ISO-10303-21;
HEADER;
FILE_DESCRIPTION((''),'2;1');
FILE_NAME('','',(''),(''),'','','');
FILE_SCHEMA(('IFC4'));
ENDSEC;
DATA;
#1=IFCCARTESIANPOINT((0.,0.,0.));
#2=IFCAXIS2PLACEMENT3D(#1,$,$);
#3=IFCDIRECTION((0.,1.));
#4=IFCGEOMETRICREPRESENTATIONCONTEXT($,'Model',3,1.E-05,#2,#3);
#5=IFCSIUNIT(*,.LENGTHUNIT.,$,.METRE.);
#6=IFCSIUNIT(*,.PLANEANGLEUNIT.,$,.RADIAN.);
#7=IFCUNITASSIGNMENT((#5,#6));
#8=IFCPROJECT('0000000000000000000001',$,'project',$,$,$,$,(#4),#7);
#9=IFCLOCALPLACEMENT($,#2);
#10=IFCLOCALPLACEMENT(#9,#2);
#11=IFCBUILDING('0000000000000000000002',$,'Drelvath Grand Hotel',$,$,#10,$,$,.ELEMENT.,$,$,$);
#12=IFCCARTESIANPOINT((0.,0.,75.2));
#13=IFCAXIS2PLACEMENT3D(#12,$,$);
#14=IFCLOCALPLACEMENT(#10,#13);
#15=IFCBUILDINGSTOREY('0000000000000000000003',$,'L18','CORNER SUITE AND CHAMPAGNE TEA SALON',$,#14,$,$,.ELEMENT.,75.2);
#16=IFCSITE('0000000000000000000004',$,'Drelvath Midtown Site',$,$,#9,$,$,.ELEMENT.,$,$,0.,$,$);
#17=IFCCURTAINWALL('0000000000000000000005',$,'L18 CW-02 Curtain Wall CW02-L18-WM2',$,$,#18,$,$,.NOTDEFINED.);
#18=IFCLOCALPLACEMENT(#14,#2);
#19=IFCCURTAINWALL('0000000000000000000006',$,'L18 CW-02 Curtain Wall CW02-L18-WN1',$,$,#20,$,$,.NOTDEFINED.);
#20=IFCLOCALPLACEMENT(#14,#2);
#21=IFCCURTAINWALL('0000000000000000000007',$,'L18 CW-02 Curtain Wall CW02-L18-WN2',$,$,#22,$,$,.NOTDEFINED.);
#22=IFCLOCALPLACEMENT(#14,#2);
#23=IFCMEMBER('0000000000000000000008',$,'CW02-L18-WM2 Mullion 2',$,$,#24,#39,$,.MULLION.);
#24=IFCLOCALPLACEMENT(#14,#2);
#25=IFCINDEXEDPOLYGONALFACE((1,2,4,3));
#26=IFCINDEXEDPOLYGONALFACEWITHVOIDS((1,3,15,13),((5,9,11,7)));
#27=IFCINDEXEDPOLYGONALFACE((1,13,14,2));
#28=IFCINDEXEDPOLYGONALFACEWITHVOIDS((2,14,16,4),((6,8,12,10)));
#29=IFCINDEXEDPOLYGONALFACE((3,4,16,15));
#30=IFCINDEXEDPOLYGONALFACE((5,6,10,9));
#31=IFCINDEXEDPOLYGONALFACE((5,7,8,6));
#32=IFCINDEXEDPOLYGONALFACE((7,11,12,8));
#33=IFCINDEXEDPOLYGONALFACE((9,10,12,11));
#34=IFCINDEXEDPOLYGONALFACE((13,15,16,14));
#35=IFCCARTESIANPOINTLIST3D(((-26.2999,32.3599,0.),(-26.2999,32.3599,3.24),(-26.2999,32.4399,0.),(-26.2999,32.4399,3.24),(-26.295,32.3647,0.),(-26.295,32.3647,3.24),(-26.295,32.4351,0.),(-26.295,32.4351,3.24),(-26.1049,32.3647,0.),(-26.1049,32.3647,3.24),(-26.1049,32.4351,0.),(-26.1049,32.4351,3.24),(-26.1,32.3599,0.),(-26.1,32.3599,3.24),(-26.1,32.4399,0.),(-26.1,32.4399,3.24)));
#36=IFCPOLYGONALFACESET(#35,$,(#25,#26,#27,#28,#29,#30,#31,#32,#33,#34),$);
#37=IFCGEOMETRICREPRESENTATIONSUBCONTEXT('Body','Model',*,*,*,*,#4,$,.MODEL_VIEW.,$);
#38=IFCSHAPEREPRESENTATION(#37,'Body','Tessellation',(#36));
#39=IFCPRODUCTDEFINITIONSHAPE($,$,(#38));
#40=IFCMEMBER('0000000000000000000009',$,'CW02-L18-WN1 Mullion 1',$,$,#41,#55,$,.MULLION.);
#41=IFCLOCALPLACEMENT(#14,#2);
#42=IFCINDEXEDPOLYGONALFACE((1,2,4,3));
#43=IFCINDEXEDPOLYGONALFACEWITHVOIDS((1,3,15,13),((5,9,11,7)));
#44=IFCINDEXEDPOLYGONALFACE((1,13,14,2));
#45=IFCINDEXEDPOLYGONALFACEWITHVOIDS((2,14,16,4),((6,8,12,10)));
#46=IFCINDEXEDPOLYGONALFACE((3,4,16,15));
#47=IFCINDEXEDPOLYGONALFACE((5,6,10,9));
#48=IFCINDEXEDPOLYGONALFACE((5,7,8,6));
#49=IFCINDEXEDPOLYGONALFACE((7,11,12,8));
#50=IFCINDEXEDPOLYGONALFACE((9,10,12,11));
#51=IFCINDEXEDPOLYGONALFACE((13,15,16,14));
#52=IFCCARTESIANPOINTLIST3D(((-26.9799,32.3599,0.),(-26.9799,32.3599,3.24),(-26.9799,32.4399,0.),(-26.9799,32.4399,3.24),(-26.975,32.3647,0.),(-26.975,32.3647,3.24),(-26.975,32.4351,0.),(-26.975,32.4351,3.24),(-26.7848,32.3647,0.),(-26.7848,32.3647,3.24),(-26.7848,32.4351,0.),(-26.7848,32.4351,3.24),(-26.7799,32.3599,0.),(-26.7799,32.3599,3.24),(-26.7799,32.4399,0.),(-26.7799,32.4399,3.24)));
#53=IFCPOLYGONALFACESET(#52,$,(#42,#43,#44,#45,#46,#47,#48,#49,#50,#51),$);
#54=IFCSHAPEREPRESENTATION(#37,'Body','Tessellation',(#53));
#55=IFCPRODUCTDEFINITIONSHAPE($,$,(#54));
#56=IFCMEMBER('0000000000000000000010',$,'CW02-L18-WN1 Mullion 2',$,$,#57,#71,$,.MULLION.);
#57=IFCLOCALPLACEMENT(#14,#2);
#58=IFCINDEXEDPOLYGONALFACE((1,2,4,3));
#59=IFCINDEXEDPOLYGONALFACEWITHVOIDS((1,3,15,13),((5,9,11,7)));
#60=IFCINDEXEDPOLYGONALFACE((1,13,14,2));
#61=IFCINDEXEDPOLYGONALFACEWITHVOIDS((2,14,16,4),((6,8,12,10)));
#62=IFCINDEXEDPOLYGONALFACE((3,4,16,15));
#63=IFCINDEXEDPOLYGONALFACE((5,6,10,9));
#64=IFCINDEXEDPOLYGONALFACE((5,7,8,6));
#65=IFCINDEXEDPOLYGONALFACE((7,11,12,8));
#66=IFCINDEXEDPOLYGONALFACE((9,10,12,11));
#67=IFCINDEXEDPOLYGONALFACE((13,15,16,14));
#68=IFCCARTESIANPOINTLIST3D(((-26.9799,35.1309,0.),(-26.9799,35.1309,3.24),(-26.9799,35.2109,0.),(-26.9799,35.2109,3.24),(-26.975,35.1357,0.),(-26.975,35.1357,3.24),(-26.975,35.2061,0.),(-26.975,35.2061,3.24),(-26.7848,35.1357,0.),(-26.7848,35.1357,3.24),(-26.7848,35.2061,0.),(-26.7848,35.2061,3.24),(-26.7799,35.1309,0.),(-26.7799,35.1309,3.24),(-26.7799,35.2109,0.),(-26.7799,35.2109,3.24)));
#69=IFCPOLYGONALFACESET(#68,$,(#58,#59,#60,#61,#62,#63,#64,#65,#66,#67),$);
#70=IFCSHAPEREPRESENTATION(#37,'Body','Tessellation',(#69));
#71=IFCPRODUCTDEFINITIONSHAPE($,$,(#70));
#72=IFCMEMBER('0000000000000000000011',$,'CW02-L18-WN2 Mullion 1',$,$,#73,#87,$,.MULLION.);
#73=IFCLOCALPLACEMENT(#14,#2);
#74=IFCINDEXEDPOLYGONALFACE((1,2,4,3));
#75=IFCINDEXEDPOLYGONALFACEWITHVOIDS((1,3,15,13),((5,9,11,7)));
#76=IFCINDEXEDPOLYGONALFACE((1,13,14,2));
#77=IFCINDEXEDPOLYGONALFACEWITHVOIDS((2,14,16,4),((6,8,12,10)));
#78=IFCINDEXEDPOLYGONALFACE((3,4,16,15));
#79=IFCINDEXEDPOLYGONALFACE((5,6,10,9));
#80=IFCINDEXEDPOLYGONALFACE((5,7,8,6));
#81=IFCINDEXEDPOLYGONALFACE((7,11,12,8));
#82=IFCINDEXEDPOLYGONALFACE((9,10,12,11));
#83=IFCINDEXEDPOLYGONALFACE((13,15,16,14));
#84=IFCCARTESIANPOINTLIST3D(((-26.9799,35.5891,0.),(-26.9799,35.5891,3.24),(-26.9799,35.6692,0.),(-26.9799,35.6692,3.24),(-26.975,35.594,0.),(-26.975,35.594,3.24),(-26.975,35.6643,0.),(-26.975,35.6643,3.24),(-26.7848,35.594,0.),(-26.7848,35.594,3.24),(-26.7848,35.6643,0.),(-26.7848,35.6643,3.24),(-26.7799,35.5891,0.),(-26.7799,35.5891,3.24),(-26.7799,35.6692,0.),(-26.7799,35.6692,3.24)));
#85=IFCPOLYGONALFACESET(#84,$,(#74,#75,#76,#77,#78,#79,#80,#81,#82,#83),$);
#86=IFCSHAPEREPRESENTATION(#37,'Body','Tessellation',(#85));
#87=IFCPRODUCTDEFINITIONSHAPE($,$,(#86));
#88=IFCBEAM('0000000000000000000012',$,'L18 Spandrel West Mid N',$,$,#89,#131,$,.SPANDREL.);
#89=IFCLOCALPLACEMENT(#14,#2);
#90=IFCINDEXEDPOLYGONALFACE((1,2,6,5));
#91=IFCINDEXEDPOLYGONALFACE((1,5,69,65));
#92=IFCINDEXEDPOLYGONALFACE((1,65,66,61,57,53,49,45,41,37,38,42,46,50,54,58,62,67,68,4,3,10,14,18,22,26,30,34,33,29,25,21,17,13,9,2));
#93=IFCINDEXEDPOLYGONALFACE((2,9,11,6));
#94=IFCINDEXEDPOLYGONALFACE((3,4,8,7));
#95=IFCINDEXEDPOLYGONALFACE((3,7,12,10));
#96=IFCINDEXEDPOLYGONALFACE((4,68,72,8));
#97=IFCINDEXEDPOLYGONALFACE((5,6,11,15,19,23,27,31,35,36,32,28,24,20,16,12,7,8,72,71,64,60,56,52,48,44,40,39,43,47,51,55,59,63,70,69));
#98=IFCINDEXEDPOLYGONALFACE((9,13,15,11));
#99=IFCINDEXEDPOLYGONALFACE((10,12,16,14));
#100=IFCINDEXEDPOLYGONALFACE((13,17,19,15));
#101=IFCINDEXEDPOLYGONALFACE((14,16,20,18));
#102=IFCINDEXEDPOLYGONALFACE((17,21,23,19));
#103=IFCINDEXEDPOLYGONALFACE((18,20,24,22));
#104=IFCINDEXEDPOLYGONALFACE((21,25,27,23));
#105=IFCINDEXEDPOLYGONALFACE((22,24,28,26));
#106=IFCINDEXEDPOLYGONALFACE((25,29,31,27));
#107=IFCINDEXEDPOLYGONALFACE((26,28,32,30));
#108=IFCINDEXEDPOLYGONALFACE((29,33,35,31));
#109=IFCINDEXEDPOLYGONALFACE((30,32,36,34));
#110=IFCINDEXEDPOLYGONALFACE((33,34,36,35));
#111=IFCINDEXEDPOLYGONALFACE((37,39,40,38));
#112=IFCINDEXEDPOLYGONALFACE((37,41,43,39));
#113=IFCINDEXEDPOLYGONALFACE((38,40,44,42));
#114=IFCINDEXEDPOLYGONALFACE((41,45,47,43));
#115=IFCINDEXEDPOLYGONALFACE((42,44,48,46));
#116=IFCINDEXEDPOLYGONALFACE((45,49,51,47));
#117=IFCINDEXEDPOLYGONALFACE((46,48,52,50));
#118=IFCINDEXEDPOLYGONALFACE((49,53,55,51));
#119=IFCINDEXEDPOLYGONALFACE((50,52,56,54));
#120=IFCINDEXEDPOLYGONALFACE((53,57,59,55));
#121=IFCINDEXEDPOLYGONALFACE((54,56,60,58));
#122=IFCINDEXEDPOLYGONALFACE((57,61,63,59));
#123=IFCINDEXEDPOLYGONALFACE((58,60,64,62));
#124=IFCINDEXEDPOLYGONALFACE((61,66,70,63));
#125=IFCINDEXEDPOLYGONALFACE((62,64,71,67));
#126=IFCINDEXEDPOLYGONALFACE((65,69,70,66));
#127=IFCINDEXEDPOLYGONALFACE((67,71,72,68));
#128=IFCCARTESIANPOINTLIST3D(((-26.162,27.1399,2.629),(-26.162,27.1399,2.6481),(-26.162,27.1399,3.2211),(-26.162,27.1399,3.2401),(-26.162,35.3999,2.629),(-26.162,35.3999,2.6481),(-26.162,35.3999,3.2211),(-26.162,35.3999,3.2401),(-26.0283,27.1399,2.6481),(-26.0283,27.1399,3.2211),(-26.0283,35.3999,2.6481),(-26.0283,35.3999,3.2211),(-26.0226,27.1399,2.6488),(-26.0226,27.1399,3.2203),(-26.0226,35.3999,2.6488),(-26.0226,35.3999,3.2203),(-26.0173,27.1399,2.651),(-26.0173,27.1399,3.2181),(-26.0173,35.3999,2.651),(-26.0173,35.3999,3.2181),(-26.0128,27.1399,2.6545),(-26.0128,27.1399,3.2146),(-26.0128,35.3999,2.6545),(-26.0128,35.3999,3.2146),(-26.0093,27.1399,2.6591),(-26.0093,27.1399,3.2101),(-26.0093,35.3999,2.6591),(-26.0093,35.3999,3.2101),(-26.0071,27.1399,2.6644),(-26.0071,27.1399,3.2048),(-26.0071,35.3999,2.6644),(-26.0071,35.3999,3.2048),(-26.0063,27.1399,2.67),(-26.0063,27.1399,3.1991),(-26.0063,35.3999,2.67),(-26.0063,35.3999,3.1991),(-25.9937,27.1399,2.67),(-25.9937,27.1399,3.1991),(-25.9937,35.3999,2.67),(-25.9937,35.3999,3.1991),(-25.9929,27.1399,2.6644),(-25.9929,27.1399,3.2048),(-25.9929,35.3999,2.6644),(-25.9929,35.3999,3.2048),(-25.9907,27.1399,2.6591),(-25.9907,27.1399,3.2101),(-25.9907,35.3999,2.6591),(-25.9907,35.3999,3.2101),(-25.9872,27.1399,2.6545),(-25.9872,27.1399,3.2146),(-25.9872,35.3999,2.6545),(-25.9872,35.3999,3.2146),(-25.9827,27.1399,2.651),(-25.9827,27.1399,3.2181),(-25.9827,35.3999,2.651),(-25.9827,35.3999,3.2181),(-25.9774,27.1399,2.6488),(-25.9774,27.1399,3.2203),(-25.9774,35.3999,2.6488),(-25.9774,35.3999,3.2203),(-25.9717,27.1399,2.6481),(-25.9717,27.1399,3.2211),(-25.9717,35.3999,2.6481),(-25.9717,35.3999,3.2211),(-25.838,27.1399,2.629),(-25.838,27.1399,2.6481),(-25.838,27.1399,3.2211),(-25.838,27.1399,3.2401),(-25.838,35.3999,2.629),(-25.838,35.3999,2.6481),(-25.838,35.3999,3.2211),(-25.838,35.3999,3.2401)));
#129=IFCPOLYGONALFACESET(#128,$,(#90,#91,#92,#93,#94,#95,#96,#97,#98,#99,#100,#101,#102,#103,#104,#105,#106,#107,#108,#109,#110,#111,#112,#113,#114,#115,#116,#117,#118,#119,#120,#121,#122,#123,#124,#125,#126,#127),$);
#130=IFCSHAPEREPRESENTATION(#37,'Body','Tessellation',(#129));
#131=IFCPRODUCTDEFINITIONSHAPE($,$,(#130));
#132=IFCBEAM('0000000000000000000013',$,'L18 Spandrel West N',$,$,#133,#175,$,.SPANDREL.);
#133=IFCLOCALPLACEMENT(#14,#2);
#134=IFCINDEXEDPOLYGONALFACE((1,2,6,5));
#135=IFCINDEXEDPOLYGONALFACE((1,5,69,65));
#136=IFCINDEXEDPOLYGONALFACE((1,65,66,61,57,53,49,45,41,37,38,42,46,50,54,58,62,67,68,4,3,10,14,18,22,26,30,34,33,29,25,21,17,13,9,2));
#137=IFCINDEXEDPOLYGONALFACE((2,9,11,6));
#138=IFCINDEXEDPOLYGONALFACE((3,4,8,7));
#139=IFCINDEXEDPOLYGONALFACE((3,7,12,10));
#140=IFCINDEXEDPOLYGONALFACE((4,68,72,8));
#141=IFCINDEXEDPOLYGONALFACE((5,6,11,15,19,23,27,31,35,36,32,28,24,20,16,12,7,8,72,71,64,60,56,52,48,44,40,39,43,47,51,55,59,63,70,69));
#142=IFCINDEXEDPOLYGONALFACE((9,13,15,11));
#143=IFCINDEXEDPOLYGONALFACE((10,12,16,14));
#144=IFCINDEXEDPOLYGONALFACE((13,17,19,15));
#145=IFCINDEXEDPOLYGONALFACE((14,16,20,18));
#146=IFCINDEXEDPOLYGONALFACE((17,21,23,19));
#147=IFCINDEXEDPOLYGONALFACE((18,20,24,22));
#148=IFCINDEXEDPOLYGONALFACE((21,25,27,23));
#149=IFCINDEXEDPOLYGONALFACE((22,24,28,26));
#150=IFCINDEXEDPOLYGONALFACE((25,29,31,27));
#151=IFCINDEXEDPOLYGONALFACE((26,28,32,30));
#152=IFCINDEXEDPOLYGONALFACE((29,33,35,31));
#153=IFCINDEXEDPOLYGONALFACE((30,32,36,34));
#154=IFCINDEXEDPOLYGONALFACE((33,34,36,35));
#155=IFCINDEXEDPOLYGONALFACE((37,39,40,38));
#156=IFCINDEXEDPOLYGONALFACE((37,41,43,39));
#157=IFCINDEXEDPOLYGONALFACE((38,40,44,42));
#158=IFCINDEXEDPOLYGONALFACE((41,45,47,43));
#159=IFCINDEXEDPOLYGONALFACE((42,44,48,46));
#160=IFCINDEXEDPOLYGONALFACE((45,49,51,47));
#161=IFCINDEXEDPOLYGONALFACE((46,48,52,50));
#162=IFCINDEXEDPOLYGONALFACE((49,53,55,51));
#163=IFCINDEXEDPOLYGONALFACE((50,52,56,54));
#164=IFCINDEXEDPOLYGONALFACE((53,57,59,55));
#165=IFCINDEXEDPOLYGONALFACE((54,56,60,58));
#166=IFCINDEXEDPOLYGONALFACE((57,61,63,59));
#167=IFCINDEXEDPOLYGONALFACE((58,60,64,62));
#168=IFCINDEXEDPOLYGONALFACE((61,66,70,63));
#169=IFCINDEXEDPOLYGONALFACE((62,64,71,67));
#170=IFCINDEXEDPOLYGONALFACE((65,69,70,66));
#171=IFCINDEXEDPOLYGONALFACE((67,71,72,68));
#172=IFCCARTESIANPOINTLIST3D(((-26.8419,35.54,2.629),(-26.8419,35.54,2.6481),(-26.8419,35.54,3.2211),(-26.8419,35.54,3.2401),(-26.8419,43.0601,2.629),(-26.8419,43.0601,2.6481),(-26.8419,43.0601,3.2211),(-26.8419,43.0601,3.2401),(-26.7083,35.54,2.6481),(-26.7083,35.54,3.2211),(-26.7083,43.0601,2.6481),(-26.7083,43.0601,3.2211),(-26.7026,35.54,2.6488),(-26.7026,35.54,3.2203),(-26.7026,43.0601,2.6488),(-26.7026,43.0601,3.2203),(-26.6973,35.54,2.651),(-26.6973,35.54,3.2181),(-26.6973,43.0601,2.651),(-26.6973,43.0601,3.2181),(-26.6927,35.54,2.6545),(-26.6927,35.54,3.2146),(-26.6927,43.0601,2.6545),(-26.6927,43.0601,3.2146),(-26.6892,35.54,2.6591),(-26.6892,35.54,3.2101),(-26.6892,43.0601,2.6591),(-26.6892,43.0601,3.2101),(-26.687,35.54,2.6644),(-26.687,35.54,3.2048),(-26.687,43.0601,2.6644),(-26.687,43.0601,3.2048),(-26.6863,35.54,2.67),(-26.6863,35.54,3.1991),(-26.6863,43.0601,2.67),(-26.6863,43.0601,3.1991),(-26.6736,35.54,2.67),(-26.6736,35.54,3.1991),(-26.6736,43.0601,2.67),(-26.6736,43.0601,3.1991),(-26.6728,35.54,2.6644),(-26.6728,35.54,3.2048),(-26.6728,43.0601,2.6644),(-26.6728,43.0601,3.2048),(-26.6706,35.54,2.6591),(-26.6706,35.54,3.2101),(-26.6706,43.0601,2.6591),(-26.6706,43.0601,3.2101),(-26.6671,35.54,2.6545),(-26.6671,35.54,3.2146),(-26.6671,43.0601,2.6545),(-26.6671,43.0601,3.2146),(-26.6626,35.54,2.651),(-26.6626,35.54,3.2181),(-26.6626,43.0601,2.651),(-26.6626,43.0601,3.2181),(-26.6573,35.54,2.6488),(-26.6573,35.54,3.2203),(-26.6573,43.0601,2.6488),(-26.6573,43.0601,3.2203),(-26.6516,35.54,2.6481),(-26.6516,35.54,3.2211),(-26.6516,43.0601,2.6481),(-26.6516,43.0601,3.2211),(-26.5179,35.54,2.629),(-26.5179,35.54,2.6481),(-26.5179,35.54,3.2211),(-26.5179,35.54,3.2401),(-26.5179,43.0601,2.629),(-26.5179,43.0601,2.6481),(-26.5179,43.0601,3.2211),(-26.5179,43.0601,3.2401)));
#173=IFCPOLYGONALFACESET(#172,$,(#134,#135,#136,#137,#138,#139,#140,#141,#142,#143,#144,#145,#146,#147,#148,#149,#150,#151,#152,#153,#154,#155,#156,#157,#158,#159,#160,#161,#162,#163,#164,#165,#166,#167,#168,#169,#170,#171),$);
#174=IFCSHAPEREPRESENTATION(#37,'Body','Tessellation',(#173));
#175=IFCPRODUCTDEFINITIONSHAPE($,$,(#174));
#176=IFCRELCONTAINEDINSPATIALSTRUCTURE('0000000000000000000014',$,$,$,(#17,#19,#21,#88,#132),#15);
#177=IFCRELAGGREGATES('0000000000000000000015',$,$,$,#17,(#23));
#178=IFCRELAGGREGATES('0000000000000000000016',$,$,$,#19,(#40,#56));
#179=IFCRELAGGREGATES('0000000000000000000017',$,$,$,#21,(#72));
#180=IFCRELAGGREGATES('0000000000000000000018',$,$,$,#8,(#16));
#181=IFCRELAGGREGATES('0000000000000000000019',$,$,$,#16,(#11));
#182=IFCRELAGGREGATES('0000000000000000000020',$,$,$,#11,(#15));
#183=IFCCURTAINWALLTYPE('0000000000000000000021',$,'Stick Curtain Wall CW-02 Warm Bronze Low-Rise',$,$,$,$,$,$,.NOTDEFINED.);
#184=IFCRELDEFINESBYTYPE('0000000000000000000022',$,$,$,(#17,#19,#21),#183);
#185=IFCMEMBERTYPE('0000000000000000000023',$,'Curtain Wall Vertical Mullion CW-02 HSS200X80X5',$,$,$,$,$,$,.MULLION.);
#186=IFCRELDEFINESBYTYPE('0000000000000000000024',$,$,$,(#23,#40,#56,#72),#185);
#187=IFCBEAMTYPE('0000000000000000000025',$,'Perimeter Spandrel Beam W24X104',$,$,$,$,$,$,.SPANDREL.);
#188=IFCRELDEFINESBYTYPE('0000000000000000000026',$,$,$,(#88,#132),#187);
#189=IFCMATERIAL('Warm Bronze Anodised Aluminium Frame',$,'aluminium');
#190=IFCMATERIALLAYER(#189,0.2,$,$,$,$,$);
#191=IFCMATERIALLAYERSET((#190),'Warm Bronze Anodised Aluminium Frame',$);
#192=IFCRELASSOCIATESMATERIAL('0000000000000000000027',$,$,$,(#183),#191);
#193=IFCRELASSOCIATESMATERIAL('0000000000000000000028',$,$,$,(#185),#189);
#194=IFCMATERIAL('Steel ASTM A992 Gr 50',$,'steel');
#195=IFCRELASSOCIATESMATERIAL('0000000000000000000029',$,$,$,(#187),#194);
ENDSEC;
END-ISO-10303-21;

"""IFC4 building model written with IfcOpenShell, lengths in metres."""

from ifc_helpers import new_model, si_unit, direction, frame, origin, origin_2d, place, context, subcontext, project, spatial, hollow_rectangle, i_section, extrude, material, layer, layer_set, material_profile, profile_set, type_object, element, aggregate, save


model = new_model("IFC4")

# Units and contexts
model_context = context("Model", 3, precision=1e-05, world=origin(), true_north=direction((0.0, 1.0)))
body_context = subcontext(model_context, "Body", "Model", "MODEL_VIEW")
ifc_project = project(units=[si_unit("LENGTHUNIT", "METRE"), si_unit("PLANEANGLEUNIT", "RADIAN")], contexts=[model_context])

# Site, building, storey
site_placement = place(None, origin())
site = spatial("IfcSite", under=ifc_project, at=site_placement, Name="Drelvath Midtown Site", CompositionType="ELEMENT", RefElevation=0.0)
building_placement = place(site_placement, origin())
building = spatial("IfcBuilding", under=site, at=building_placement, Name="Drelvath Grand Hotel", CompositionType="ELEMENT")
storey_placement = place(building_placement, frame((0.0, 0.0, 75.2)))
storey = spatial("IfcBuildingStorey", under=building, at=storey_placement, Name="L18", Description="CORNER SUITE AND CHAMPAGNE TEA SALON", CompositionType="ELEMENT", Elevation=75.2)

# Curtain walls
ifc_material_1 = material(Name="Warm Bronze Anodised Aluminium Frame", Category="aluminium")
ifc_layer_1 = layer(ifc_material_1, 0.2)
ifc_layer_set_1 = layer_set([ifc_layer_1], Name="Warm Bronze Anodised Aluminium Frame")
curtain_wall_type = type_object("IfcCurtainWallType", Name="Stick Curtain Wall CW-02 Warm Bronze Low-Rise", PredefinedType="NOTDEFINED", material=ifc_layer_set_1)
curtain_wall_1_placement = place(storey_placement, origin())
curtain_wall_1 = element("IfcCurtainWall", 1, at=curtain_wall_1_placement, inside=storey, type_object=curtain_wall_type, Name="L18 CW-02 Curtain Wall CW02-L18-WM2", PredefinedType="NOTDEFINED")
curtain_wall_2_placement = place(storey_placement, origin())
curtain_wall_2 = element("IfcCurtainWall", 2, at=curtain_wall_2_placement, inside=storey, type_object=curtain_wall_type, Name="L18 CW-02 Curtain Wall CW02-L18-WN1", PredefinedType="NOTDEFINED")
curtain_wall_3_placement = place(storey_placement, origin())
curtain_wall_3 = element("IfcCurtainWall", 3, at=curtain_wall_3_placement, inside=storey, type_object=curtain_wall_type, Name="L18 CW-02 Curtain Wall CW02-L18-WN2", PredefinedType="NOTDEFINED")
ifc_material_profile_1 = material_profile(ifc_material_1, hollow_rectangle(XDim=0.0801, YDim=0.2, WallThickness=0.0049, at=origin_2d()), Name="HSS200X80X5")
ifc_profile_set_1 = profile_set([ifc_material_profile_1], Name="Warm Bronze Anodised Aluminium Frame")
member_type_1 = type_object("IfcMemberType", Name="Curtain Wall Vertical Mullion CW-02 HSS200X80X5", PredefinedType="MULLION", material=ifc_profile_set_1)

# Members
member_1_placement = place(storey_placement, frame((-26.2, 32.3999, 0.0), z_axis=(0.0, 0.0, 1.0), x_axis=(0.0, 1.0, 0.0)))
member_1 = element("IfcMember", 4, at=member_1_placement, type_object=member_type_1, Name="CW02-L18-WM2 Mullion 2", PredefinedType="MULLION", context=body_context, shape_type="SweptSolid", body=[
    extrude(hollow_rectangle(XDim=0.0801, YDim=0.2, WallThickness=0.0049, at=origin_2d()), origin(), (0.0, 0.0, 1.0), 3.24),
])
member_2_placement = place(storey_placement, frame((-26.8799, 32.3999, 0.0), z_axis=(0.0, 0.0, 1.0), x_axis=(0.0, 1.0, 0.0)))
member_2 = element("IfcMember", 5, at=member_2_placement, type_object=member_type_1, Name="CW02-L18-WN1 Mullion 1", PredefinedType="MULLION", context=body_context, shape_type="SweptSolid", body=[
    extrude(hollow_rectangle(XDim=0.0801, YDim=0.2, WallThickness=0.0049, at=origin_2d()), origin(), (0.0, 0.0, 1.0), 3.24),
])
member_3_placement = place(storey_placement, frame((-26.8799, 35.1709, 0.0), z_axis=(0.0, 0.0, 1.0), x_axis=(0.0, 1.0, 0.0)))
member_3 = element("IfcMember", 6, at=member_3_placement, type_object=member_type_1, Name="CW02-L18-WN1 Mullion 2", PredefinedType="MULLION", context=body_context, shape_type="SweptSolid", body=[
    extrude(hollow_rectangle(XDim=0.0801, YDim=0.2, WallThickness=0.0049, at=origin_2d()), origin(), (0.0, 0.0, 1.0), 3.24),
])
member_4_placement = place(storey_placement, frame((-26.8799, 35.6292, 0.0), z_axis=(0.0, 0.0, 1.0), x_axis=(0.0, 1.0, 0.0)))
member_4 = element("IfcMember", 7, at=member_4_placement, type_object=member_type_1, Name="CW02-L18-WN2 Mullion 1", PredefinedType="MULLION", context=body_context, shape_type="SweptSolid", body=[
    extrude(hollow_rectangle(XDim=0.0801, YDim=0.2, WallThickness=0.0049, at=origin_2d()), origin(), (0.0, 0.0, 1.0), 3.24),
])

# Beams
ifc_material_2 = material(Name="Steel ASTM A992 Gr 50", Category="steel")
ifc_material_profile_2 = material_profile(ifc_material_2, i_section(OverallWidth=0.324, OverallDepth=0.6111, WebThickness=0.0127, FlangeThickness=0.019, FilletRadius=0.022, at=origin_2d()), Name="W24X104")
ifc_profile_set_2 = profile_set([ifc_material_profile_2], Name="Steel ASTM A992 Gr 50")
beam_type_1 = type_object("IfcBeamType", Name="Perimeter Spandrel Beam W24X104", PredefinedType="SPANDREL", material=ifc_profile_set_2)
beam_1_placement = place(storey_placement, frame((-26.0, 27.1399, 2.9346), z_axis=(0.0, 1.0, 0.0), x_axis=(-1.0, 0.0, 0.0)))
element("IfcBeam", 8, at=beam_1_placement, inside=storey, type_object=beam_type_1, Name="L18 Spandrel West Mid N", PredefinedType="SPANDREL", context=body_context, shape_type="SweptSolid", body=[
    extrude(i_section(OverallWidth=0.324, OverallDepth=0.6111, WebThickness=0.0127, FlangeThickness=0.019, FilletRadius=0.022, at=origin_2d()), origin(), (0.0, 0.0, 1.0), 8.26),
])
beam_2_placement = place(storey_placement, frame((-26.6799, 35.54, 2.9346), z_axis=(0.0, 1.0, 0.0), x_axis=(-1.0, 0.0, 0.0)))
element("IfcBeam", 9, at=beam_2_placement, inside=storey, type_object=beam_type_1, Name="L18 Spandrel West N", PredefinedType="SPANDREL", context=body_context, shape_type="SweptSolid", body=[
    extrude(i_section(OverallWidth=0.324, OverallDepth=0.6111, WebThickness=0.0127, FlangeThickness=0.019, FilletRadius=0.022, at=origin_2d()), origin(), (0.0, 0.0, 1.0), 7.52),
])

aggregate(curtain_wall_1, [member_1])
aggregate(curtain_wall_2, [member_2, member_3])
aggregate(curtain_wall_3, [member_4])

save(model, "model.ifc")
